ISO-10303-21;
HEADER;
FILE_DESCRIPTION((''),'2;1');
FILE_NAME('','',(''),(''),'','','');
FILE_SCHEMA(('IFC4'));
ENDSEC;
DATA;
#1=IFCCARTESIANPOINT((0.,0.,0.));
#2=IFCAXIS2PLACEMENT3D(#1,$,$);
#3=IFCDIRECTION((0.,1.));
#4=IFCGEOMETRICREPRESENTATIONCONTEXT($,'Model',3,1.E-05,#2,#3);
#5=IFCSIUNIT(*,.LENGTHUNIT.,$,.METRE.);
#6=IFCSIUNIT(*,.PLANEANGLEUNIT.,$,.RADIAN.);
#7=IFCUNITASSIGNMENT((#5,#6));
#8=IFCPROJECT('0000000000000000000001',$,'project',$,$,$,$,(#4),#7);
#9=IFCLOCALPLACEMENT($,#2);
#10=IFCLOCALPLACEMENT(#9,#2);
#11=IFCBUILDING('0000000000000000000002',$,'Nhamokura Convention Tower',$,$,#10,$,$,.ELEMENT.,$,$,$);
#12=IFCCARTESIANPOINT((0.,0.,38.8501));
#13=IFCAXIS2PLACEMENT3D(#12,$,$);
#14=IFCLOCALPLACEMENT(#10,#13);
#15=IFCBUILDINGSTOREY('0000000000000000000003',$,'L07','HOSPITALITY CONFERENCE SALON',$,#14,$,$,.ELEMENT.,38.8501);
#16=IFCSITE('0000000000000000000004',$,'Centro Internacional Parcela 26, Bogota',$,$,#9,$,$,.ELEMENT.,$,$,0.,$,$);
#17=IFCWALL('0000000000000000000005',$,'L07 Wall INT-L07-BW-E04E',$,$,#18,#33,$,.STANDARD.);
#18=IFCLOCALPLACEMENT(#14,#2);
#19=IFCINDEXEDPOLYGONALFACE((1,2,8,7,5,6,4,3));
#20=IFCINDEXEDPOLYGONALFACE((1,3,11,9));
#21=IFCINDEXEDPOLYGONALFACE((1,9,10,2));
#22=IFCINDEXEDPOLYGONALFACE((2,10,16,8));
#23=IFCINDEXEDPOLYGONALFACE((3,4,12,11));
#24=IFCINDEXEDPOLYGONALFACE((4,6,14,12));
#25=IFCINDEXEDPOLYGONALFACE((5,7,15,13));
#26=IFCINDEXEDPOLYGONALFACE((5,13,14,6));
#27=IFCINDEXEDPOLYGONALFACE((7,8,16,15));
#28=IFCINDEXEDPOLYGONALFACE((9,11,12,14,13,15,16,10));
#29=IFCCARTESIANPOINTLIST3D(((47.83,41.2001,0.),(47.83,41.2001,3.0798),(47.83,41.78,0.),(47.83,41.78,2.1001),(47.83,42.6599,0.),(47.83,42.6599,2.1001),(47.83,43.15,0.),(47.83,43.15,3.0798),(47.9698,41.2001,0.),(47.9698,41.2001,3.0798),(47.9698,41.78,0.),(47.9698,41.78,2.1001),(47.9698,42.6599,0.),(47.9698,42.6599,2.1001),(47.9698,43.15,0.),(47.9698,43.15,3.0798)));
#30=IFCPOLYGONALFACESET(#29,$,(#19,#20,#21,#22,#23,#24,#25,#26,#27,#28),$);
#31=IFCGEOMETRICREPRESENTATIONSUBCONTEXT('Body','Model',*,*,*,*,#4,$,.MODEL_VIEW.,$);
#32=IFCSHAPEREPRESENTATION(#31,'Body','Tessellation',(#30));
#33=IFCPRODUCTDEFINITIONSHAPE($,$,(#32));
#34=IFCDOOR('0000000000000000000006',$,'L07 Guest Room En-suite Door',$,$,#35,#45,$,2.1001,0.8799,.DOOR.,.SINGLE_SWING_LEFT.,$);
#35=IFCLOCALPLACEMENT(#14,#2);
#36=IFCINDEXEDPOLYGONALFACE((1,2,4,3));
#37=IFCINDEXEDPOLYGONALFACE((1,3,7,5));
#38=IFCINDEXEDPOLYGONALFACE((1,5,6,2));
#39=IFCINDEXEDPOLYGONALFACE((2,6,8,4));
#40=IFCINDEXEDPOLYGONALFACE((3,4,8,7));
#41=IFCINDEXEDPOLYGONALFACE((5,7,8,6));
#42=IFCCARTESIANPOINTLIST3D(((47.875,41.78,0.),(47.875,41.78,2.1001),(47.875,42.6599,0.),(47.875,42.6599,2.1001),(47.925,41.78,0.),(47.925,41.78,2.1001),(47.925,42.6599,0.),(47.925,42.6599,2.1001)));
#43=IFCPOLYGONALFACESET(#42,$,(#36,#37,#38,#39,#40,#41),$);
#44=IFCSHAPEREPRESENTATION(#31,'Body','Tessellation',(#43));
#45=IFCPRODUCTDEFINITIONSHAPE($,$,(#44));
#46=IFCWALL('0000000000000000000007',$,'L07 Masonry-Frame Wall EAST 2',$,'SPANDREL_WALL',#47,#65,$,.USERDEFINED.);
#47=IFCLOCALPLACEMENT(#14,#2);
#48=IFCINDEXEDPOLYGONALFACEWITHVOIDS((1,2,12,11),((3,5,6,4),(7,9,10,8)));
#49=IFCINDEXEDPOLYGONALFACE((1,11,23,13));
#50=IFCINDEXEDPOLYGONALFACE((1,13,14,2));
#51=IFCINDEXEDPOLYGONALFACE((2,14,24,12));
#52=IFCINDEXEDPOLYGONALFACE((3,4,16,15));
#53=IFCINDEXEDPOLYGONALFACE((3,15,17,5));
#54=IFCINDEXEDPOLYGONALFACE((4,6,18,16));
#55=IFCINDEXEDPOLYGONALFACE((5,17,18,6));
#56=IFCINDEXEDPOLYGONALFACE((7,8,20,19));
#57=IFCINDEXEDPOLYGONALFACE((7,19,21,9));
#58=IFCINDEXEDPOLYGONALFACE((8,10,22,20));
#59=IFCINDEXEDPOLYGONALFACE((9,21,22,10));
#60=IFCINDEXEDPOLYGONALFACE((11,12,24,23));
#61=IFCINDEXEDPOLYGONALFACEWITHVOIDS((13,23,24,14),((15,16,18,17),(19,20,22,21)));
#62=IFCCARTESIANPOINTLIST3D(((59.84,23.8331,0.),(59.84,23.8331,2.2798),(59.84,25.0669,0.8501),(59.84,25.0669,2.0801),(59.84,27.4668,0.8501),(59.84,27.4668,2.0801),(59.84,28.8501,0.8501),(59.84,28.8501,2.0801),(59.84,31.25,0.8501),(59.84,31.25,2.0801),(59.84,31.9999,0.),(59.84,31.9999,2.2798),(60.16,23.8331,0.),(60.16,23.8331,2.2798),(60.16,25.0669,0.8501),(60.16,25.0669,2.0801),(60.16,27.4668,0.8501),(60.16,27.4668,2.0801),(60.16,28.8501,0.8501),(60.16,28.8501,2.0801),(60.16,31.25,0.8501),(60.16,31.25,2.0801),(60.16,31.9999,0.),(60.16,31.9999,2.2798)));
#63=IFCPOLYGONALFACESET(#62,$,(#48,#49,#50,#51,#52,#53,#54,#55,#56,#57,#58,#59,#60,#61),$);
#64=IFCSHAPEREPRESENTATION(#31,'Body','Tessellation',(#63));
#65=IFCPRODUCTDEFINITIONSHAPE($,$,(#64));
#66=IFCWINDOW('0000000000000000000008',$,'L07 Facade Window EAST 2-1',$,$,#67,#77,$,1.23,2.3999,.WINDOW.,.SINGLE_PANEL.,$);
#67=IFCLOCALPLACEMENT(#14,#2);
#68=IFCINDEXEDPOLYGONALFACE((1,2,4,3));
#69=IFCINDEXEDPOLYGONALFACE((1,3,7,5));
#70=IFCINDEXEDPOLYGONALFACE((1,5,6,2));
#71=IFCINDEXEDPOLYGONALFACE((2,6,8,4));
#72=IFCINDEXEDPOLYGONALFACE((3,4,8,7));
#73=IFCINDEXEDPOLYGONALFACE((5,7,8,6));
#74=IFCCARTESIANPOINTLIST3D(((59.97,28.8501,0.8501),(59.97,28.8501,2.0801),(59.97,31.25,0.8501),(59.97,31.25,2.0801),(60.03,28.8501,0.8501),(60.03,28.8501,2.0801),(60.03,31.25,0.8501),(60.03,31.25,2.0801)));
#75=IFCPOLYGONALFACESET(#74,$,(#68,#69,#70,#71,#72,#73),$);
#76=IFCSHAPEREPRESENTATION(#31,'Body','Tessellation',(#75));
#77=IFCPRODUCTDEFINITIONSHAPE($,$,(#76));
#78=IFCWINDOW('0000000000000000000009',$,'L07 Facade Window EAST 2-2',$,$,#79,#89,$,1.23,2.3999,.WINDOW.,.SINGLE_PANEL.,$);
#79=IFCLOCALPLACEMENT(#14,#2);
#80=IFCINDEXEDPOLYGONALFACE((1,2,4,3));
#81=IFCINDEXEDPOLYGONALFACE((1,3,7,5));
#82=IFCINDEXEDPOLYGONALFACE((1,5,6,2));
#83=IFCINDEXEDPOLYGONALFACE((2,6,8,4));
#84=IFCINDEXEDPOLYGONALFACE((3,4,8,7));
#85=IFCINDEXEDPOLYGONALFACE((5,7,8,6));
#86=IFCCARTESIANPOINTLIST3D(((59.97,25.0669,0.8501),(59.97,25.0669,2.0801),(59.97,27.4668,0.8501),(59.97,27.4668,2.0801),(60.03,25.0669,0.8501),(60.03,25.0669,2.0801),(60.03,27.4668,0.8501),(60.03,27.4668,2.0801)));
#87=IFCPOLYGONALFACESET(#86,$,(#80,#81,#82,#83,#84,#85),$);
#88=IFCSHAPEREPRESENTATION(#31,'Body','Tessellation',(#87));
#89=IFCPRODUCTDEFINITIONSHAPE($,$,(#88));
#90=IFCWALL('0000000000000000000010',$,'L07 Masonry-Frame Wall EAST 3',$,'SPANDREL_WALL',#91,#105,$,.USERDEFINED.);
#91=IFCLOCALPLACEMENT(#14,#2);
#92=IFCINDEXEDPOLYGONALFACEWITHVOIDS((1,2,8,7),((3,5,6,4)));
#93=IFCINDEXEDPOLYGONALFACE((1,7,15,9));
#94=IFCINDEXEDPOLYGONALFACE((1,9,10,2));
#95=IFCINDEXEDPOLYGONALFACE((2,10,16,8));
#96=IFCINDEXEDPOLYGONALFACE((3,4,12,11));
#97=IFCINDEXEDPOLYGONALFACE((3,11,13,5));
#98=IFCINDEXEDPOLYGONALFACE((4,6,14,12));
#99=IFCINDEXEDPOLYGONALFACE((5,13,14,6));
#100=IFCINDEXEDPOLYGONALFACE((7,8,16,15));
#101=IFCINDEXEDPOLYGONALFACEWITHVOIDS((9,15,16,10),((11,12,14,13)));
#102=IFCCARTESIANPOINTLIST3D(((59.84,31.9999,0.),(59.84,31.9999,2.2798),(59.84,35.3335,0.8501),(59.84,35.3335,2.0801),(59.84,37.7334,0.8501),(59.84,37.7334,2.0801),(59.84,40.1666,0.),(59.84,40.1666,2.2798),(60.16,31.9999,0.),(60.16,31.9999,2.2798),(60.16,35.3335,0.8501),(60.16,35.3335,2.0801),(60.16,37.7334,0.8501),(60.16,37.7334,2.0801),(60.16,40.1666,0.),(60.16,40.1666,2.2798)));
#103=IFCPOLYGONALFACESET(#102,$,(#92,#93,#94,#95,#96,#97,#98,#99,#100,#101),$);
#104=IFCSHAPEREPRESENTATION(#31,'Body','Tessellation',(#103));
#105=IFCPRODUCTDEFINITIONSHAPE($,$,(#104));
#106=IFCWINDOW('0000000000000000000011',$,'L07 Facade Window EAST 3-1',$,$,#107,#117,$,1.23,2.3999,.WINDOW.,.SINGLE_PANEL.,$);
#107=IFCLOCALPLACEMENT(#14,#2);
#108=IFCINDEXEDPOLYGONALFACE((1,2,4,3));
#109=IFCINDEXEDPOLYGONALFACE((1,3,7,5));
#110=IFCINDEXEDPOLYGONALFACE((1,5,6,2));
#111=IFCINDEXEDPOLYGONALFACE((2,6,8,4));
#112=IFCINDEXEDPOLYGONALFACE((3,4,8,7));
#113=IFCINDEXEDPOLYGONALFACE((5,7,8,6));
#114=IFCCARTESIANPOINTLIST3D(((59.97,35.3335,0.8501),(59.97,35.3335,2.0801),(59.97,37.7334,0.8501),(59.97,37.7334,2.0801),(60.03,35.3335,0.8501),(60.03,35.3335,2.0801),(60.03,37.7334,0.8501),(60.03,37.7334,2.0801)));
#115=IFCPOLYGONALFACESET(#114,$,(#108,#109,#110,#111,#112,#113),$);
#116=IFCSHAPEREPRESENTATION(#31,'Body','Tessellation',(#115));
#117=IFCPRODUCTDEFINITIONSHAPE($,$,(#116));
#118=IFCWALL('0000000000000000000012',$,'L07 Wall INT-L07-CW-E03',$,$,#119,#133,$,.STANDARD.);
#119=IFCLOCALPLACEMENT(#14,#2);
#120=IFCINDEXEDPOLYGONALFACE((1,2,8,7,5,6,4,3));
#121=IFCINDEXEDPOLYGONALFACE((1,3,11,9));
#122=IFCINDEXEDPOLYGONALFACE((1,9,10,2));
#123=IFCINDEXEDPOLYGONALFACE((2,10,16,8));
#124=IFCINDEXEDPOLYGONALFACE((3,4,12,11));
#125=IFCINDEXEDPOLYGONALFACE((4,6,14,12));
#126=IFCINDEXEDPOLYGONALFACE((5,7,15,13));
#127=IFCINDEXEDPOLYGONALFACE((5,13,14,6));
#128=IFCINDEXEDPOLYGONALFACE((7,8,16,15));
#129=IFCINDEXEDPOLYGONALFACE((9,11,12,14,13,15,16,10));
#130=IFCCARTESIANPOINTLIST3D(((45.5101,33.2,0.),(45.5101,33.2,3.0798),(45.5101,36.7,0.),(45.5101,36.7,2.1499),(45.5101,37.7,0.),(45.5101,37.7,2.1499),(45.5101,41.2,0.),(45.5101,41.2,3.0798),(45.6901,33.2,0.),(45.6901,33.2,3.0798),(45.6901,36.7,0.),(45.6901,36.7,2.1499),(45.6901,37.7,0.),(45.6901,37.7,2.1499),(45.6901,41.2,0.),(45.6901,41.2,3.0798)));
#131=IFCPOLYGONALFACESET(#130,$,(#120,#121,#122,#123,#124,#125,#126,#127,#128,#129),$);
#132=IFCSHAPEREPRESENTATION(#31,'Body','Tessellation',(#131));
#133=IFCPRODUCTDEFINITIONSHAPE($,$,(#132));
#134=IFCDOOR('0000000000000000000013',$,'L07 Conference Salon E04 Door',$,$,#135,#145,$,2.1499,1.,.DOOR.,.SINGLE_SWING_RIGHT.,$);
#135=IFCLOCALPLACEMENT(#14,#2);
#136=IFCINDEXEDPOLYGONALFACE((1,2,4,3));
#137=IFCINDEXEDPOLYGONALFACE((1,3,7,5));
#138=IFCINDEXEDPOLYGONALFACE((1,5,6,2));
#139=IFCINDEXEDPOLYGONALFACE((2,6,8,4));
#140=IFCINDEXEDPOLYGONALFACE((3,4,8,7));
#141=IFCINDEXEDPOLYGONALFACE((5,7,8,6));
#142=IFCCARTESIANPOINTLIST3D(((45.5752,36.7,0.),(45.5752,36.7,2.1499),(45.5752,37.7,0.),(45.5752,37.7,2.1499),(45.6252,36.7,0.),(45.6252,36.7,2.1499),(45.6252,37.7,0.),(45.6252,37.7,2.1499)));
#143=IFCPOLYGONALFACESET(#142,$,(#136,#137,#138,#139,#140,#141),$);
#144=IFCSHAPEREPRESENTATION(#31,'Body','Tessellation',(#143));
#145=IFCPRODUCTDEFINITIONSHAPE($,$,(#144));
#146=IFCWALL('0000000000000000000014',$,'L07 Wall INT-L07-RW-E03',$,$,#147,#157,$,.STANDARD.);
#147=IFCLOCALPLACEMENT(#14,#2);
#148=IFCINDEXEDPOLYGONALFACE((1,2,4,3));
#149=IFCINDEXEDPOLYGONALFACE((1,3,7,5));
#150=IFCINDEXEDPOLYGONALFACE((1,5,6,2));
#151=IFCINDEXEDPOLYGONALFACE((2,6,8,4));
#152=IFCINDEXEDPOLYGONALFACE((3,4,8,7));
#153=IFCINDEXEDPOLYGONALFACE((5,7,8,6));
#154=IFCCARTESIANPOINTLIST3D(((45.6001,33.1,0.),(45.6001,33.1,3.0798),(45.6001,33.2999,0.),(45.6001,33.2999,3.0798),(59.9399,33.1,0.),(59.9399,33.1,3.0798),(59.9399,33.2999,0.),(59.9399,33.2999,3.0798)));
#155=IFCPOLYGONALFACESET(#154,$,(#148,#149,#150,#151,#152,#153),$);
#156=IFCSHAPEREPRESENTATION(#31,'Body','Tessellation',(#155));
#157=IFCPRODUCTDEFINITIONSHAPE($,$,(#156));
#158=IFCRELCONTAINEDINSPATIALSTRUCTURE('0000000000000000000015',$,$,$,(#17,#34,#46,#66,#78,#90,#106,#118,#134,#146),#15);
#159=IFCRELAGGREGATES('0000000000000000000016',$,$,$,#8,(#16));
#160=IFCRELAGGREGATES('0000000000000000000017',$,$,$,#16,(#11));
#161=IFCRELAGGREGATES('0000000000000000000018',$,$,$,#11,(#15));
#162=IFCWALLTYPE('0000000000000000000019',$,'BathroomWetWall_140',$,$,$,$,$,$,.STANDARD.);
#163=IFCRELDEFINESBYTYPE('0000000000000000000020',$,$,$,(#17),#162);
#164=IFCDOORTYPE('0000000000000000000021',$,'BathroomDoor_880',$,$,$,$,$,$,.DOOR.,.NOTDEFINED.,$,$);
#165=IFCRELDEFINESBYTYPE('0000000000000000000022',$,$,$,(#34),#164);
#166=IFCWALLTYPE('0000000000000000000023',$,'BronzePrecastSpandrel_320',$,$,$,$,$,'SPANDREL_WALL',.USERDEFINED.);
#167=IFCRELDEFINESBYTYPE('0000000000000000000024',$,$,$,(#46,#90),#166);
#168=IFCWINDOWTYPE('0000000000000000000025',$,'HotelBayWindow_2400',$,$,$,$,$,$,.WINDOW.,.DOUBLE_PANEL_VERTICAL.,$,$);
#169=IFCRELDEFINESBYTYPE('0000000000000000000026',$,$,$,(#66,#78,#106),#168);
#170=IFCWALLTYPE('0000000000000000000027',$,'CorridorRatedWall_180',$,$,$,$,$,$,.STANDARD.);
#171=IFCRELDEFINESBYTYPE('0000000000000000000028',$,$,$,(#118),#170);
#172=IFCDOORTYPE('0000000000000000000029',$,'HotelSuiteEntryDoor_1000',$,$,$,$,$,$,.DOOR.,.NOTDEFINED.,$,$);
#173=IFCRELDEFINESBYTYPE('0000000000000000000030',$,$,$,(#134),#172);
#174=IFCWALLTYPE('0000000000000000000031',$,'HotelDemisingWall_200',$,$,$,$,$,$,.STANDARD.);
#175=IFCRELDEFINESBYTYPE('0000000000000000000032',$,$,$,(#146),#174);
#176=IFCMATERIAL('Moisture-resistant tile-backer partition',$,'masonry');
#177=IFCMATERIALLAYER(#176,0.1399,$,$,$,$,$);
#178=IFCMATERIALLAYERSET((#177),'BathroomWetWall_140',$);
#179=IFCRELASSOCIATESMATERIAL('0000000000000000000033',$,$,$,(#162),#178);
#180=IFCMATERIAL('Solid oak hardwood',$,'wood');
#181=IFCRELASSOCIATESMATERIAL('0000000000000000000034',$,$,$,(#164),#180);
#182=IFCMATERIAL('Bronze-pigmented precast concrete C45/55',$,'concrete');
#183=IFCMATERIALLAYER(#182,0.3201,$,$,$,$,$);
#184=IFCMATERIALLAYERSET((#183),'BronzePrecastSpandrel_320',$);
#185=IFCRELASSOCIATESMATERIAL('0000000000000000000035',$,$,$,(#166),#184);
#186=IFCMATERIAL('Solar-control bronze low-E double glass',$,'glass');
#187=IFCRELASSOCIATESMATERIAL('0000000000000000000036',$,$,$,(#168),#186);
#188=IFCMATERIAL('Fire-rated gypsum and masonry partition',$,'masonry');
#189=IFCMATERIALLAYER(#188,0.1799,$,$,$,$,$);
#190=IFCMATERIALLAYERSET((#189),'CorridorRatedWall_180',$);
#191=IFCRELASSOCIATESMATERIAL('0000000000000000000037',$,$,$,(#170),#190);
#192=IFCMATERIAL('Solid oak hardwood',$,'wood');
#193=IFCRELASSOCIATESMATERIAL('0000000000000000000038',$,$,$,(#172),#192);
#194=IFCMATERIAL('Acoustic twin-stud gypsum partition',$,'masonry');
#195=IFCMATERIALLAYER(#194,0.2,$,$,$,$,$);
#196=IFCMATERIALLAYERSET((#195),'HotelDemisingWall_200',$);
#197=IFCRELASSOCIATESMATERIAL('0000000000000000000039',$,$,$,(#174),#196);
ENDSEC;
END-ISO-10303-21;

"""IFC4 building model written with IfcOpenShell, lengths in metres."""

from ifc_helpers import new_model, si_unit, direction, frame, frame_2d, origin, place, context, subcontext, project, spatial, rectangle, extrude, material, layer, layer_set, type_object, element, fill, save


model = new_model("IFC4")

# Units and contexts
model_context = context("Model", 3, precision=1e-05, world=origin(), true_north=direction((0.0, 1.0)))
body_context = subcontext(model_context, "Body", "Model", "MODEL_VIEW")
ifc_project = project(units=[si_unit("LENGTHUNIT", "METRE"), si_unit("PLANEANGLEUNIT", "RADIAN")], contexts=[model_context])

# Site, building, storey
site_placement = place(None, origin())
site = spatial("IfcSite", under=ifc_project, at=site_placement, Name="Centro Internacional Parcela 26, Bogota", CompositionType="ELEMENT", RefElevation=0.0)
building_placement = place(site_placement, origin())
building = spatial("IfcBuilding", under=site, at=building_placement, Name="Nhamokura Convention Tower", CompositionType="ELEMENT")
storey_placement = place(building_placement, frame((0.0, 0.0, 38.8501)))
storey = spatial("IfcBuildingStorey", under=building, at=storey_placement, Name="L07", Description="HOSPITALITY CONFERENCE SALON", CompositionType="ELEMENT", Elevation=38.8501)

# Shared definitions
ifc_material_1 = material(Name="Moisture-resistant tile-backer partition", Category="masonry")
ifc_layer_1 = layer(ifc_material_1, 0.1399)
ifc_layer_set_1 = layer_set([ifc_layer_1], Name="BathroomWetWall_140")
wall_type_1 = type_object("IfcWallType", Name="BathroomWetWall_140", PredefinedType="STANDARD", material=ifc_layer_set_1)

# Wall, opening, door
wall_1_placement = place(storey_placement, frame((47.8999, 41.2, 0.0), z_axis=(0.0, 0.0, 1.0), x_axis=(0.0, 1.0, 0.0)))
wall_1 = element("IfcWall", 1, at=wall_1_placement, inside=storey, type_object=wall_type_1, Name="L07 Wall INT-L07-BW-E04E", PredefinedType="STANDARD", context=body_context, shape_type="SweptSolid", body=[
    extrude(rectangle(XDim=1.95, YDim=0.1399, at=frame_2d((0.9751, 0.0))), origin(), (0.0, 0.0, 1.0), 3.0798),
])
opening_1_placement = place(wall_1_placement, frame((0.5801, 0.0, 0.0)))
opening_1 = element("IfcOpeningElement", 2, at=opening_1_placement, cuts=wall_1, PredefinedType="OPENING", context=body_context, shape_type="SweptSolid", body=[
    extrude(rectangle(XDim=0.8799, YDim=2.1001, at=frame_2d((0.4399, 1.05))), frame((0.0, 0.0798, 0.0), z_axis=(0.0, -1.0, 0.0), x_axis=(1.0, 0.0, 0.0)), (0.0, 0.0, 1.0), 0.1599),
])
ifc_material_2 = material(Name="Solid oak hardwood", Category="wood")
door_type_1 = type_object("IfcDoorType", Name="BathroomDoor_880", OperationType="NOTDEFINED", PredefinedType="DOOR", material=ifc_material_2)
door_1_placement = place(opening_1_placement, origin())
door_1 = element("IfcDoor", 3, at=door_1_placement, inside=storey, type_object=door_type_1, Name="L07 Guest Room En-suite Door", OperationType="SINGLE_SWING_LEFT", OverallHeight=2.1001, OverallWidth=0.8799, PredefinedType="DOOR", context=body_context, shape_type="SweptSolid", body=[
    extrude(rectangle(XDim=0.8799, YDim=2.1001, at=frame_2d((0.4399, 1.05))), frame((0.0, 0.0249, 0.0), z_axis=(0.0, -1.0, 0.0), x_axis=(1.0, 0.0, 0.0)), (0.0, 0.0, 1.0), 0.05),
])
fill(opening_1, door_1)

# Wall, openings, windows
ifc_material_3 = material(Name="Bronze-pigmented precast concrete C45/55", Category="concrete")
ifc_layer_2 = layer(ifc_material_3, 0.3201)
ifc_layer_set_2 = layer_set([ifc_layer_2], Name="BronzePrecastSpandrel_320")
wall_type_2 = type_object("IfcWallType", Name="BronzePrecastSpandrel_320", ElementType="SPANDREL_WALL", PredefinedType="USERDEFINED", material=ifc_layer_set_2)
wall_2_placement = place(storey_placement, frame((60.0, 32.0, 0.0), z_axis=(0.0, 0.0, 1.0), x_axis=(0.0, -1.0, 0.0)))
wall_2 = element("IfcWall", 4, at=wall_2_placement, inside=storey, type_object=wall_type_2, Name="L07 Masonry-Frame Wall EAST 2", ObjectType="SPANDREL_WALL", PredefinedType="USERDEFINED", context=body_context, shape_type="SweptSolid", body=[
    extrude(rectangle(XDim=8.1667, YDim=0.3201, at=frame_2d((4.0835, 0.0))), origin(), (0.0, 0.0, 1.0), 2.2798),
])
opening_2_placement = place(wall_2_placement, frame((0.75, 0.0, 0.8501)))
opening_2 = element("IfcOpeningElement", 5, at=opening_2_placement, cuts=wall_2, PredefinedType="OPENING", context=body_context, shape_type="SweptSolid", body=[
    extrude(rectangle(XDim=2.3999, YDim=1.23, at=frame_2d((1.2, 0.615))), frame((0.0, 0.1699, 0.0), z_axis=(0.0, -1.0, 0.0), x_axis=(1.0, 0.0, 0.0)), (0.0, 0.0, 1.0), 0.3401),
])
opening_3_placement = place(wall_2_placement, frame((4.5332, 0.0, 0.8501)))
opening_3 = element("IfcOpeningElement", 6, at=opening_3_placement, cuts=wall_2, PredefinedType="OPENING", context=body_context, shape_type="SweptSolid", body=[
    extrude(rectangle(XDim=2.3999, YDim=1.23, at=frame_2d((1.2, 0.615))), frame((0.0, 0.1699, 0.0), z_axis=(0.0, -1.0, 0.0), x_axis=(1.0, 0.0, 0.0)), (0.0, 0.0, 1.0), 0.3401),
])
ifc_material_4 = material(Name="Solar-control bronze low-E double glass", Category="glass")
window_type = type_object("IfcWindowType", Name="HotelBayWindow_2400", PartitioningType="DOUBLE_PANEL_VERTICAL", PredefinedType="WINDOW", material=ifc_material_4)
window_1_placement = place(opening_2_placement, origin())
window_1 = element("IfcWindow", 7, at=window_1_placement, inside=storey, type_object=window_type, Name="L07 Facade Window EAST 2-1", OverallHeight=1.23, OverallWidth=2.3999, PartitioningType="SINGLE_PANEL", PredefinedType="WINDOW", context=body_context, shape_type="SweptSolid", body=[
    extrude(rectangle(XDim=2.3999, YDim=1.23, at=frame_2d((1.2, 0.615))), frame((0.0, 0.03, 0.0), z_axis=(0.0, -1.0, 0.0), x_axis=(1.0, 0.0, 0.0)), (0.0, 0.0, 1.0), 0.0601),
])
fill(opening_2, window_1)
window_2_placement = place(opening_3_placement, origin())
window_2 = element("IfcWindow", 8, at=window_2_placement, inside=storey, type_object=window_type, Name="L07 Facade Window EAST 2-2", OverallHeight=1.23, OverallWidth=2.3999, PartitioningType="SINGLE_PANEL", PredefinedType="WINDOW", context=body_context, shape_type="SweptSolid", body=[
    extrude(rectangle(XDim=2.3999, YDim=1.23, at=frame_2d((1.2, 0.615))), frame((0.0, 0.03, 0.0), z_axis=(0.0, -1.0, 0.0), x_axis=(1.0, 0.0, 0.0)), (0.0, 0.0, 1.0), 0.0601),
])
fill(opening_3, window_2)

# Wall, opening, window
wall_3_placement = place(storey_placement, frame((60.0, 40.1667, 0.0), z_axis=(0.0, 0.0, 1.0), x_axis=(0.0, -1.0, 0.0)))
wall_3 = element("IfcWall", 9, at=wall_3_placement, inside=storey, type_object=wall_type_2, Name="L07 Masonry-Frame Wall EAST 3", ObjectType="SPANDREL_WALL", PredefinedType="USERDEFINED", context=body_context, shape_type="SweptSolid", body=[
    extrude(rectangle(XDim=8.1667, YDim=0.3201, at=frame_2d((4.0835, 0.0))), origin(), (0.0, 0.0, 1.0), 2.2798),
])
opening_4_placement = place(wall_3_placement, frame((2.4333, 0.0, 0.8501)))
opening_4 = element("IfcOpeningElement", 10, at=opening_4_placement, cuts=wall_3, PredefinedType="OPENING", context=body_context, shape_type="SweptSolid", body=[
    extrude(rectangle(XDim=2.3999, YDim=1.23, at=frame_2d((1.2, 0.615))), frame((0.0, 0.1699, 0.0), z_axis=(0.0, -1.0, 0.0), x_axis=(1.0, 0.0, 0.0)), (0.0, 0.0, 1.0), 0.3401),
])
window_3_placement = place(opening_4_placement, origin())
window_3 = element("IfcWindow", 11, at=window_3_placement, inside=storey, type_object=window_type, Name="L07 Facade Window EAST 3-1", OverallHeight=1.23, OverallWidth=2.3999, PartitioningType="SINGLE_PANEL", PredefinedType="WINDOW", context=body_context, shape_type="SweptSolid", body=[
    extrude(rectangle(XDim=2.3999, YDim=1.23, at=frame_2d((1.2, 0.615))), frame((0.0, 0.03, 0.0), z_axis=(0.0, -1.0, 0.0), x_axis=(1.0, 0.0, 0.0)), (0.0, 0.0, 1.0), 0.0601),
])
fill(opening_4, window_3)

# Wall, opening, door
ifc_material_5 = material(Name="Fire-rated gypsum and masonry partition", Category="masonry")
ifc_layer_3 = layer(ifc_material_5, 0.1799)
ifc_layer_set_3 = layer_set([ifc_layer_3], Name="CorridorRatedWall_180")
wall_type_3 = type_object("IfcWallType", Name="CorridorRatedWall_180", PredefinedType="STANDARD", material=ifc_layer_set_3)
wall_4_placement = place(storey_placement, frame((45.6001, 33.2, 0.0), z_axis=(0.0, 0.0, 1.0), x_axis=(0.0, 1.0, 0.0)))
wall_4 = element("IfcWall", 12, at=wall_4_placement, inside=storey, type_object=wall_type_3, Name="L07 Wall INT-L07-CW-E03", PredefinedType="STANDARD", context=body_context, shape_type="SweptSolid", body=[
    extrude(rectangle(XDim=8.0, YDim=0.1799, at=frame_2d((4.0, 0.0))), origin(), (0.0, 0.0, 1.0), 3.0798),
])
opening_5_placement = place(wall_4_placement, frame((3.5, 0.0, 0.0)))
opening_5 = element("IfcOpeningElement", 13, at=opening_5_placement, cuts=wall_4, PredefinedType="OPENING", context=body_context, shape_type="SweptSolid", body=[
    extrude(rectangle(XDim=1.0, YDim=2.1499, at=frame_2d((0.5, 1.075))), frame((0.0, 0.0999, 0.0), z_axis=(0.0, -1.0, 0.0), x_axis=(1.0, 0.0, 0.0)), (0.0, 0.0, 1.0), 0.2),
])
ifc_material_6 = material(Name="Solid oak hardwood", Category="wood")
door_type_2 = type_object("IfcDoorType", Name="HotelSuiteEntryDoor_1000", OperationType="NOTDEFINED", PredefinedType="DOOR", material=ifc_material_6)
door_2_placement = place(opening_5_placement, origin())
door_2 = element("IfcDoor", 14, at=door_2_placement, inside=storey, type_object=door_type_2, Name="L07 Conference Salon E04 Door", OperationType="SINGLE_SWING_RIGHT", OverallHeight=2.1499, OverallWidth=1.0, PredefinedType="DOOR", context=body_context, shape_type="SweptSolid", body=[
    extrude(rectangle(XDim=1.0, YDim=2.1499, at=frame_2d((0.5, 1.075))), frame((0.0, 0.0249, 0.0), z_axis=(0.0, -1.0, 0.0), x_axis=(1.0, 0.0, 0.0)), (0.0, 0.0, 1.0), 0.05),
])
fill(opening_5, door_2)

# Wall
ifc_material_7 = material(Name="Acoustic twin-stud gypsum partition", Category="masonry")
ifc_layer_4 = layer(ifc_material_7, 0.2)
ifc_layer_set_4 = layer_set([ifc_layer_4], Name="HotelDemisingWall_200")
wall_type_4 = type_object("IfcWallType", Name="HotelDemisingWall_200", PredefinedType="STANDARD", material=ifc_layer_set_4)
for number, where, z_axis, x_axis, name in (
    (15, (45.6001, 33.2, 0.0), (0.0, 0.0, 1.0), (1.0, 0.0, 0.0), "L07 Wall INT-L07-RW-E03"),
):
    element("IfcWall", number, at=place(storey_placement, frame(where, z_axis=z_axis, x_axis=x_axis)), inside=storey, type_object=wall_type_4, Name=name, PredefinedType="STANDARD", context=body_context, shape_type="SweptSolid", body=[
        extrude(rectangle(XDim=14.3398, YDim=0.2, at=frame_2d((7.1699, 0.0))), origin(), (0.0, 0.0, 1.0), 3.0798),
    ])

save(model, "model.ifc")
